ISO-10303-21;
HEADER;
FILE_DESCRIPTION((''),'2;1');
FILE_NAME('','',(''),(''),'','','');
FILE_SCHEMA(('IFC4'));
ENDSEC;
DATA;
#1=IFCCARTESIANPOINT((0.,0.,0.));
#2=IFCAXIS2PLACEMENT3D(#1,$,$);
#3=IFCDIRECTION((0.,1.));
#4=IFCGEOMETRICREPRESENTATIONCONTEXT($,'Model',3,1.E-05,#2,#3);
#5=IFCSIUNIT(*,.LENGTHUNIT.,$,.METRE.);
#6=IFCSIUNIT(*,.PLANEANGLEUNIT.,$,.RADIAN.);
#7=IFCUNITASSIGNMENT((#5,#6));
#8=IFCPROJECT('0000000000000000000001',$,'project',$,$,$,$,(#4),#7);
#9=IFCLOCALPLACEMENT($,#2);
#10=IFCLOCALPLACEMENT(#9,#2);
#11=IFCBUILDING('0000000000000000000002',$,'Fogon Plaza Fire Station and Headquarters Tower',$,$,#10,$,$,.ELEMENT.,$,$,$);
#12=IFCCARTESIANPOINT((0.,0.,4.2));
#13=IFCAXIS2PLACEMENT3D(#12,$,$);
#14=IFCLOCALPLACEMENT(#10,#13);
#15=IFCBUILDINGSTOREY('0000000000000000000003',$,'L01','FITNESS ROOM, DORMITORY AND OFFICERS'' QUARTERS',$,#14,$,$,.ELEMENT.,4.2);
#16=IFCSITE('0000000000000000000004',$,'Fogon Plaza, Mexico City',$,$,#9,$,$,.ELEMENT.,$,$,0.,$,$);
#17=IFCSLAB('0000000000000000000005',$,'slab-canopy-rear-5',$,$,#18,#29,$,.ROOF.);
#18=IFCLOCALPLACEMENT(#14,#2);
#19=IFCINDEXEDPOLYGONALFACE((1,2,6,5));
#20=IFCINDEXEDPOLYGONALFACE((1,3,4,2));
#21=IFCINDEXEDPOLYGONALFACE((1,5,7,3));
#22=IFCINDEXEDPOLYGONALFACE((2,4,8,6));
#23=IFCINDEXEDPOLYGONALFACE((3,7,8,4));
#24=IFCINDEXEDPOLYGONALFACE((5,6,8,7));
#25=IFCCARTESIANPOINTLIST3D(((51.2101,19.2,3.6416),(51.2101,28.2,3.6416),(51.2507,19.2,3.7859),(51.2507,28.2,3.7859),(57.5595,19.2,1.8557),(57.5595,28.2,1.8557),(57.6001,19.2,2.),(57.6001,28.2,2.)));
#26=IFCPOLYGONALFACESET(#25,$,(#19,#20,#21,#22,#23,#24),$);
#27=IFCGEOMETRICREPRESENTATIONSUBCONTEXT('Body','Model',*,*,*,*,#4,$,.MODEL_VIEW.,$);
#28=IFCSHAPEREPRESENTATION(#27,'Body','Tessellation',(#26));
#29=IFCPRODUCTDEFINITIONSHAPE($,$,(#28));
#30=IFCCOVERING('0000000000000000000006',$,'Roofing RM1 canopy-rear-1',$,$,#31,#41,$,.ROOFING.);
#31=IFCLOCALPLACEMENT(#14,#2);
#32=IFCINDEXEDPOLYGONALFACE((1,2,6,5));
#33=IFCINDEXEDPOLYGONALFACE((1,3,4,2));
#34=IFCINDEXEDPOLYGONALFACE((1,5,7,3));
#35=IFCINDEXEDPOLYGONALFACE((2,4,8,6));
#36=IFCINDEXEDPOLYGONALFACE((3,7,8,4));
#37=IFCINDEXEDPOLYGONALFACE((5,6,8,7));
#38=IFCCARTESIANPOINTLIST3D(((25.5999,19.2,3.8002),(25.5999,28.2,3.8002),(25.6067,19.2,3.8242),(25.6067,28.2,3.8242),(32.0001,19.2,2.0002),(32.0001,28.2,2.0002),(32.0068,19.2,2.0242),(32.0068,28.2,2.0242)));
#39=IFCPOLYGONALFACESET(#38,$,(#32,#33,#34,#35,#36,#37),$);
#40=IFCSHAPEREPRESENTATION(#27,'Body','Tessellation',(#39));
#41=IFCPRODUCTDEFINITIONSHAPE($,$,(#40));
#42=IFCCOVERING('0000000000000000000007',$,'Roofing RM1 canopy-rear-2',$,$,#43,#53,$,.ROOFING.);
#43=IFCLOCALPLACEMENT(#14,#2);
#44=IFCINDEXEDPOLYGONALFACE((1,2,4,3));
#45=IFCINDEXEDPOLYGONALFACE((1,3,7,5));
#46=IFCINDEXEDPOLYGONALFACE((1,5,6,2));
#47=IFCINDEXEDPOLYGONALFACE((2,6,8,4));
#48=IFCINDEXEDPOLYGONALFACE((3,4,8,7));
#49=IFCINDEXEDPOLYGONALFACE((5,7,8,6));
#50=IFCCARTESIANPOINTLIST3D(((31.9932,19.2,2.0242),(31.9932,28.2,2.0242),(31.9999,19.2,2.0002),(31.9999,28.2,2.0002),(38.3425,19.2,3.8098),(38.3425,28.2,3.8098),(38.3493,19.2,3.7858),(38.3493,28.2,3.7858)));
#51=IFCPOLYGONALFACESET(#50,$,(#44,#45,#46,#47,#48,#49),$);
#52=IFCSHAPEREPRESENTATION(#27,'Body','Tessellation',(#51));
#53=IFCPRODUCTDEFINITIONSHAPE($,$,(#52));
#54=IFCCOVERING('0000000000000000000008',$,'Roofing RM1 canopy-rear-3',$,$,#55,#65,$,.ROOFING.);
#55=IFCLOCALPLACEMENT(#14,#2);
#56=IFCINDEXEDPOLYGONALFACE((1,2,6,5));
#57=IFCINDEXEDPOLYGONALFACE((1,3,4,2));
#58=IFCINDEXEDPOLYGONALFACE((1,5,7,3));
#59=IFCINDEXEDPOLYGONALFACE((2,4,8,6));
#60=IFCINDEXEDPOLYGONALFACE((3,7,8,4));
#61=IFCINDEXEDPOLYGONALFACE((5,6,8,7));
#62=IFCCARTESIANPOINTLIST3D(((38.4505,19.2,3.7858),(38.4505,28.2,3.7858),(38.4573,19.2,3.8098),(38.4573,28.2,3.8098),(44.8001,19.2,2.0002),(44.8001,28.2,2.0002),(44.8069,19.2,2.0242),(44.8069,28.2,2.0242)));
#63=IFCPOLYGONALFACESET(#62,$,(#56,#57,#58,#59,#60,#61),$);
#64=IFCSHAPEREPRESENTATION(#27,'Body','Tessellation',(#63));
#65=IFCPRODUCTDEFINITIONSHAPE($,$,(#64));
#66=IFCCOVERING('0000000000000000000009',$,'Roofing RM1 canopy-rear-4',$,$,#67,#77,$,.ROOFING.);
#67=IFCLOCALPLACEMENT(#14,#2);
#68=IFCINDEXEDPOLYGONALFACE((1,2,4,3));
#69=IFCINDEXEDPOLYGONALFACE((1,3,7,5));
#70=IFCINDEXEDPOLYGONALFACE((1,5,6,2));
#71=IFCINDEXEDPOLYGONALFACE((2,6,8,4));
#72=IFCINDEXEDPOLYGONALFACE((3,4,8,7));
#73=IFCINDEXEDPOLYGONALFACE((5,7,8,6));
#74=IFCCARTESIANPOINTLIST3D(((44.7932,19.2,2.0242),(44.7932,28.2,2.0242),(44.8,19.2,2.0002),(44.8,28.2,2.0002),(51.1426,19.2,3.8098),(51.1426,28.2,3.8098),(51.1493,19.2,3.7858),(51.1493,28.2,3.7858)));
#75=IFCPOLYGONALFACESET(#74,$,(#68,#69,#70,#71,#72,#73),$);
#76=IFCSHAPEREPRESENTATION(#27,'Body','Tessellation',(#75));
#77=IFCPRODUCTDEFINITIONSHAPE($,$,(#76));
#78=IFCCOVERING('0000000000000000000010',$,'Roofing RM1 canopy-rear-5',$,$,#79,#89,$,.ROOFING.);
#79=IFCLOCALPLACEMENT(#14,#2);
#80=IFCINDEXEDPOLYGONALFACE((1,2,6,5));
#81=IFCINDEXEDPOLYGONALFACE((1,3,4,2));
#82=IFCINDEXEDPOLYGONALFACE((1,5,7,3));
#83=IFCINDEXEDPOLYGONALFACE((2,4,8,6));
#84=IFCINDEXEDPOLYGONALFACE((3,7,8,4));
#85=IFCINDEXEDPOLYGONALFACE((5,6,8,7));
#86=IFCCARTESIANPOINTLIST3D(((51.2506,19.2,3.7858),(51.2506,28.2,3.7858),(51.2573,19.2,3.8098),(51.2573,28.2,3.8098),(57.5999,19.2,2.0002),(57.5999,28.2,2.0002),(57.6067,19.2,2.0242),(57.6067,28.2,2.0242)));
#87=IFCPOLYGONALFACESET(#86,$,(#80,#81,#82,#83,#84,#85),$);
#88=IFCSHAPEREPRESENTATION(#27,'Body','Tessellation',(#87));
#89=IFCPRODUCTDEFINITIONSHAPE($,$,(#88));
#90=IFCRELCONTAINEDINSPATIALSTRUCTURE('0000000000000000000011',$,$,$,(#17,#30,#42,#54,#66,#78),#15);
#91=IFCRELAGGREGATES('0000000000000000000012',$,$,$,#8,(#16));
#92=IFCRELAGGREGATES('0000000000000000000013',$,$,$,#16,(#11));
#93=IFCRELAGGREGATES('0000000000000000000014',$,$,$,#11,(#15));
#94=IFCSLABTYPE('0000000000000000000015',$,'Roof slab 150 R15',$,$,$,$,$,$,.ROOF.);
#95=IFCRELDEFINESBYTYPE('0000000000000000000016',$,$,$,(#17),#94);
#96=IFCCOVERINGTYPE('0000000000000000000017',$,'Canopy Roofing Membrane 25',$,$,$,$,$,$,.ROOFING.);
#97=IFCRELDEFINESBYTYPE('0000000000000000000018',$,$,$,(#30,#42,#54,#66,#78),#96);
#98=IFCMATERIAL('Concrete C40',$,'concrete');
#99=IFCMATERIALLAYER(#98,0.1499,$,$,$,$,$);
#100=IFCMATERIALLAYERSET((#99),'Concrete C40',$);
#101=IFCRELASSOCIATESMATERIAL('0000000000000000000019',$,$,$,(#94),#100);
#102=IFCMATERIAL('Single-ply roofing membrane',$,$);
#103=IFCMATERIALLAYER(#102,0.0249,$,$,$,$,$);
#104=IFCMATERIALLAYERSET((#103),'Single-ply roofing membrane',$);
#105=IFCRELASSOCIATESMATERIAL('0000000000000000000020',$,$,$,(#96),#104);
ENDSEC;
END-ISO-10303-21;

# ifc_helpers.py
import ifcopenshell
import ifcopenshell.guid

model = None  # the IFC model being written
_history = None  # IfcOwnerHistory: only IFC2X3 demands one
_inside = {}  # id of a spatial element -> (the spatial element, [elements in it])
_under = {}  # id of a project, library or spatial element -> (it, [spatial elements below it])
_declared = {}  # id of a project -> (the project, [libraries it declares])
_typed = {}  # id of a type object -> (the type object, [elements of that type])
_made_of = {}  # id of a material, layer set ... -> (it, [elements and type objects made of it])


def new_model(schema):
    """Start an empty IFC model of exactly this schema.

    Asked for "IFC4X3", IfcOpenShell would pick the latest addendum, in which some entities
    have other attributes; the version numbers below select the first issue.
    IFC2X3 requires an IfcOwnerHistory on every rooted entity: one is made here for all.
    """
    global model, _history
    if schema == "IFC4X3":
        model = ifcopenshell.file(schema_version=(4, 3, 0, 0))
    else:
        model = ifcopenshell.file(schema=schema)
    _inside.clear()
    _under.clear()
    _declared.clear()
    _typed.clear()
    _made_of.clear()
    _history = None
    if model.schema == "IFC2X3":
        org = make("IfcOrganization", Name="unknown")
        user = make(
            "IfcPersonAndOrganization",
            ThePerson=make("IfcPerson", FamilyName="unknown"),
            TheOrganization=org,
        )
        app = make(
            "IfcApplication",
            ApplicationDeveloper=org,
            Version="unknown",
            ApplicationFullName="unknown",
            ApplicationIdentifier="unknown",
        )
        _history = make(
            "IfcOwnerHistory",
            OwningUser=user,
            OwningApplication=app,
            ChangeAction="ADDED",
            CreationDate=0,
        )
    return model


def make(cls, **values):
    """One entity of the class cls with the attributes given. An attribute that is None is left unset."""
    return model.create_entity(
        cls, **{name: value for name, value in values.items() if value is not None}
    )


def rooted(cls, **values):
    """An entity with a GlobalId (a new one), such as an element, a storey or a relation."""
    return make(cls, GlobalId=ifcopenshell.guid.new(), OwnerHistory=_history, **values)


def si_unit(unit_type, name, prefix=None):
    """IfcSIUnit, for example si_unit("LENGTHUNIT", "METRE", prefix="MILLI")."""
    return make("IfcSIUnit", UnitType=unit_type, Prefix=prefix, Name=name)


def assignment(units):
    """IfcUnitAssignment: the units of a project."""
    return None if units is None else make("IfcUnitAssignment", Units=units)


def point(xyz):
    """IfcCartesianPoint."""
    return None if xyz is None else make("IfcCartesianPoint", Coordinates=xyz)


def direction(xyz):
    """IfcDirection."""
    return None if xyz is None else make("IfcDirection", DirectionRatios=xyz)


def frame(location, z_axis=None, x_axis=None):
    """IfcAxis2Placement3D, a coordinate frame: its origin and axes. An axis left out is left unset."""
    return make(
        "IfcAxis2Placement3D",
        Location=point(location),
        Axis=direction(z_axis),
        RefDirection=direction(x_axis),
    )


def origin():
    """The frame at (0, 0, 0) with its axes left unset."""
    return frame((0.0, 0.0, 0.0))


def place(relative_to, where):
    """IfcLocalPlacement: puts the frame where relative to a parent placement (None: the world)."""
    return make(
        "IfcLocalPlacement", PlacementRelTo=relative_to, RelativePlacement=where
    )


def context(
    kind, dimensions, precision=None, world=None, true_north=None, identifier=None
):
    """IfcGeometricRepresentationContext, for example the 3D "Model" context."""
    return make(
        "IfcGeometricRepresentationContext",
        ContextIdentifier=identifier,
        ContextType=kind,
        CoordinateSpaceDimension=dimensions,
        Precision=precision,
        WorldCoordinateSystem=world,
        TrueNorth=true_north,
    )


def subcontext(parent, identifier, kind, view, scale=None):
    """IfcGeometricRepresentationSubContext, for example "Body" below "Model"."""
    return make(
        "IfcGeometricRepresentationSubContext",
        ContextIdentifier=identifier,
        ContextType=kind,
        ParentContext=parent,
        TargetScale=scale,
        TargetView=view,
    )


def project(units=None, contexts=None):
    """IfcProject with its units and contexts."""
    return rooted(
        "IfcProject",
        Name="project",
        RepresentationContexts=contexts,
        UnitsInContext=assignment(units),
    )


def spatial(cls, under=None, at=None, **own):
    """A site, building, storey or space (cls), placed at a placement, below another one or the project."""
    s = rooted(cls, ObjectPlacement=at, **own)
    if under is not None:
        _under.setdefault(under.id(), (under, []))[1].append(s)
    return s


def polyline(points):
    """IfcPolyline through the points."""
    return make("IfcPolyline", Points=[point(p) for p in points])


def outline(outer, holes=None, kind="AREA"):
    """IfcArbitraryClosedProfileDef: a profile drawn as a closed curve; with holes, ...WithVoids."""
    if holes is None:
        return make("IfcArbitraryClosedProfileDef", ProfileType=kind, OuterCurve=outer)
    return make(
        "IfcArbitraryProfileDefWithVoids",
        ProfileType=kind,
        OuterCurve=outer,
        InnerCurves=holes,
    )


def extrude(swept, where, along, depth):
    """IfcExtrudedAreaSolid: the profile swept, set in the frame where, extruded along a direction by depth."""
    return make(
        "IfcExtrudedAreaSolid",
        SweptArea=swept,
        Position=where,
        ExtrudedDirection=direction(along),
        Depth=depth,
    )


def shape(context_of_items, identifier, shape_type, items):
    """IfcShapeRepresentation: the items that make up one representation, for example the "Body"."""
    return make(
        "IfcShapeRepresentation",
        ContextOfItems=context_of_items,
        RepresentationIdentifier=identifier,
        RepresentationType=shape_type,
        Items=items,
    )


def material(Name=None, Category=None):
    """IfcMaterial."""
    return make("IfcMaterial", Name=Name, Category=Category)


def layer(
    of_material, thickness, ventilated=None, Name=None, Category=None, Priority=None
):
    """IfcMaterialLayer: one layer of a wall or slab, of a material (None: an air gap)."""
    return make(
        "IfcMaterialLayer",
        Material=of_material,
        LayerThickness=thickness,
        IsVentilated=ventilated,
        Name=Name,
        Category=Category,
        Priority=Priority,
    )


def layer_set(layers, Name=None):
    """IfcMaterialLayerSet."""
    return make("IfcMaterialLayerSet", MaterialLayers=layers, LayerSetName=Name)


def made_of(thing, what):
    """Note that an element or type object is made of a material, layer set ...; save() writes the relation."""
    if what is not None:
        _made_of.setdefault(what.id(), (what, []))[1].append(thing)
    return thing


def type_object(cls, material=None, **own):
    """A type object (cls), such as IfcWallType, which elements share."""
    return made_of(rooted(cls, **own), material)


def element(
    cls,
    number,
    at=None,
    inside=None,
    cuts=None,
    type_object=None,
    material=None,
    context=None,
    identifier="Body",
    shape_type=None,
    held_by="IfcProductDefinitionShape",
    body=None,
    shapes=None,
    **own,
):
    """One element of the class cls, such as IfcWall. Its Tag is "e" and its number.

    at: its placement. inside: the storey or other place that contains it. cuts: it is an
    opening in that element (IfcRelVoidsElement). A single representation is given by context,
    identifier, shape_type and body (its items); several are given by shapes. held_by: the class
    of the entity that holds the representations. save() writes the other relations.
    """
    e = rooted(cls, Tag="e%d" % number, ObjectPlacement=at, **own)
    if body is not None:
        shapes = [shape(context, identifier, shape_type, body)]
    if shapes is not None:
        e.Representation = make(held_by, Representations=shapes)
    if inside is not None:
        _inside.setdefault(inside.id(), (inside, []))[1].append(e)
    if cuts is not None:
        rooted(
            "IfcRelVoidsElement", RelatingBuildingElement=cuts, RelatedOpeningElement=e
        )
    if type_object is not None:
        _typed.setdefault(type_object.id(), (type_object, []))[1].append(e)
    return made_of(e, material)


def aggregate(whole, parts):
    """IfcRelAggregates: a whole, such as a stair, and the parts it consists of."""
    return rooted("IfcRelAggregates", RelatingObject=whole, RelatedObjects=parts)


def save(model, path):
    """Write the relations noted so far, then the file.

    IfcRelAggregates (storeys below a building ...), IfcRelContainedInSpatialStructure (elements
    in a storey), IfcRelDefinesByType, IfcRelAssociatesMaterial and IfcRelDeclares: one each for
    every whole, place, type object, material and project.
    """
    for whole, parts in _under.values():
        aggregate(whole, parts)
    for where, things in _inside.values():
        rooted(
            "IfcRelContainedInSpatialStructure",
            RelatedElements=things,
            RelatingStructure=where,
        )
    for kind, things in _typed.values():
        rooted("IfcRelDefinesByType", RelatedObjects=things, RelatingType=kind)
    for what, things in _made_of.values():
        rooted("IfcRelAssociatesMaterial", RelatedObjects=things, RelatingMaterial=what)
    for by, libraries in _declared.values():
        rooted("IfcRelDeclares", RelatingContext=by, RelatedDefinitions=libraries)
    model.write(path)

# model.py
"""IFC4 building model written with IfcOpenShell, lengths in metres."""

from ifc_helpers import new_model, si_unit, direction, frame, origin, place, context, subcontext, project, spatial, polyline, outline, extrude, material, layer, layer_set, type_object, element, save


model = new_model("IFC4")

# Units and contexts
model_context = context("Model", 3, precision=1e-05, world=origin(), true_north=direction((0.0, 1.0)))
body_context = subcontext(model_context, "Body", "Model", "MODEL_VIEW")
ifc_project = project(units=[si_unit("LENGTHUNIT", "METRE"), si_unit("PLANEANGLEUNIT", "RADIAN")], contexts=[model_context])

# Site, building, storey
site_placement = place(None, origin())
site = spatial("IfcSite", under=ifc_project, at=site_placement, Name="Fogon Plaza, Mexico City", CompositionType="ELEMENT", RefElevation=0.0)
building_placement = place(site_placement, origin())
building = spatial("IfcBuilding", under=site, at=building_placement, Name="Fogon Plaza Fire Station and Headquarters Tower", CompositionType="ELEMENT")
storey_placement = place(building_placement, frame((0.0, 0.0, 4.2)))
storey = spatial("IfcBuildingStorey", under=building, at=storey_placement, Name="L01", Description="FITNESS ROOM, DORMITORY AND OFFICERS' QUARTERS", CompositionType="ELEMENT", Elevation=4.2)

# Slab
ifc_material_1 = material(Name="Concrete C40", Category="concrete")
ifc_layer_1 = layer(ifc_material_1, 0.1499)
ifc_layer_set_1 = layer_set([ifc_layer_1], Name="Concrete C40")
slab_type = type_object("IfcSlabType", Name="Roof slab 150 R15", PredefinedType="ROOF", material=ifc_layer_set_1)
for number, where, z_axis, x_axis, name in (
    (1, (51.2507, 28.2, 3.7859), (0.270764, 0.0, 0.962646), (0.962646, 0.0, -0.270764), "slab-canopy-rear-5"),
):
    element("IfcSlab", number, at=place(storey_placement, frame(where, z_axis=z_axis, x_axis=x_axis)), inside=storey, type_object=slab_type, Name=name, PredefinedType="ROOF", context=body_context, shape_type="SweptSolid", body=[
        extrude(outline(polyline([(0.0, 0.0), (6.5957, 0.0), (6.5957, -9.0), (0.0, -9.0), (0.0, 0.0)])), origin(), (0.0, 0.0, -1.0), 0.1499),
    ])

# Coverings
ifc_material_2 = material(Name="Single-ply roofing membrane")
ifc_layer_2 = layer(ifc_material_2, 0.0249)
ifc_layer_set_2 = layer_set([ifc_layer_2], Name="Single-ply roofing membrane")
covering_type = type_object("IfcCoveringType", Name="Canopy Roofing Membrane 25", PredefinedType="ROOFING", material=ifc_layer_set_2)
covering_1_placement = place(storey_placement, frame((25.6067, 28.2, 3.8242), z_axis=(0.270747, 0.0, 0.962651), x_axis=(0.962651, 0.0, -0.270747)))
element("IfcCovering", 2, at=covering_1_placement, inside=storey, type_object=covering_type, Name="Roofing RM1 canopy-rear-1", PredefinedType="ROOFING", context=body_context, shape_type="SweptSolid", body=[
    extrude(outline(polyline([(0.0, 0.0), (6.6485, 0.0), (6.6485, -9.0), (0.0, -9.0), (0.0, 0.0)])), origin(), (0.0, 0.0, -1.0), 0.0249),
])
covering_2_placement = place(storey_placement, frame((31.9932, 28.2, 2.0242), z_axis=(-0.270729, 0.0, 0.962655), x_axis=(0.962655, 0.0, 0.270729)))
element("IfcCovering", 3, at=covering_2_placement, inside=storey, type_object=covering_type, Name="Roofing RM1 canopy-rear-2", PredefinedType="ROOFING", context=body_context, shape_type="SweptSolid", body=[
    extrude(outline(polyline([(0.0, 0.0), (6.5957, 0.0), (6.5957, -9.0), (0.0, -9.0), (0.0, 0.0)])), origin(), (0.0, 0.0, -1.0), 0.0249),
])
covering_3_placement = place(storey_placement, frame((38.4573, 28.2, 3.8098), z_axis=(0.27072, 0.0, 0.962658), x_axis=(0.962658, 0.0, -0.27072)))
element("IfcCovering", 4, at=covering_3_placement, inside=storey, type_object=covering_type, Name="Roofing RM1 canopy-rear-3", PredefinedType="ROOFING", context=body_context, shape_type="SweptSolid", body=[
    extrude(outline(polyline([(0.0, 0.0), (6.5959, 0.0), (6.5959, -9.0), (0.0, -9.0), (0.0, 0.0)])), origin(), (0.0, 0.0, -1.0), 0.0249),
])
for number, where, z_axis, x_axis, name in (
    (5, (44.7932, 28.2, 2.0242), (-0.270729, 0.0, 0.962655), (0.962655, 0.0, 0.270729), "Roofing RM1 canopy-rear-4"),
    (6, (51.2573, 28.2, 3.8098), (0.270729, 0.0, 0.962655), (0.962655, 0.0, -0.270729), "Roofing RM1 canopy-rear-5"),
):
    element("IfcCovering", number, at=place(storey_placement, frame(where, z_axis=z_axis, x_axis=x_axis)), inside=storey, type_object=covering_type, Name=name, PredefinedType="ROOFING", context=body_context, shape_type="SweptSolid", body=[
        extrude(outline(polyline([(0.0, 0.0), (6.5957, 0.0), (6.5957, -9.0), (0.0, -9.0), (0.0, 0.0)])), origin(), (0.0, 0.0, -1.0), 0.0249),
    ])

save(model, "model.ifc")
